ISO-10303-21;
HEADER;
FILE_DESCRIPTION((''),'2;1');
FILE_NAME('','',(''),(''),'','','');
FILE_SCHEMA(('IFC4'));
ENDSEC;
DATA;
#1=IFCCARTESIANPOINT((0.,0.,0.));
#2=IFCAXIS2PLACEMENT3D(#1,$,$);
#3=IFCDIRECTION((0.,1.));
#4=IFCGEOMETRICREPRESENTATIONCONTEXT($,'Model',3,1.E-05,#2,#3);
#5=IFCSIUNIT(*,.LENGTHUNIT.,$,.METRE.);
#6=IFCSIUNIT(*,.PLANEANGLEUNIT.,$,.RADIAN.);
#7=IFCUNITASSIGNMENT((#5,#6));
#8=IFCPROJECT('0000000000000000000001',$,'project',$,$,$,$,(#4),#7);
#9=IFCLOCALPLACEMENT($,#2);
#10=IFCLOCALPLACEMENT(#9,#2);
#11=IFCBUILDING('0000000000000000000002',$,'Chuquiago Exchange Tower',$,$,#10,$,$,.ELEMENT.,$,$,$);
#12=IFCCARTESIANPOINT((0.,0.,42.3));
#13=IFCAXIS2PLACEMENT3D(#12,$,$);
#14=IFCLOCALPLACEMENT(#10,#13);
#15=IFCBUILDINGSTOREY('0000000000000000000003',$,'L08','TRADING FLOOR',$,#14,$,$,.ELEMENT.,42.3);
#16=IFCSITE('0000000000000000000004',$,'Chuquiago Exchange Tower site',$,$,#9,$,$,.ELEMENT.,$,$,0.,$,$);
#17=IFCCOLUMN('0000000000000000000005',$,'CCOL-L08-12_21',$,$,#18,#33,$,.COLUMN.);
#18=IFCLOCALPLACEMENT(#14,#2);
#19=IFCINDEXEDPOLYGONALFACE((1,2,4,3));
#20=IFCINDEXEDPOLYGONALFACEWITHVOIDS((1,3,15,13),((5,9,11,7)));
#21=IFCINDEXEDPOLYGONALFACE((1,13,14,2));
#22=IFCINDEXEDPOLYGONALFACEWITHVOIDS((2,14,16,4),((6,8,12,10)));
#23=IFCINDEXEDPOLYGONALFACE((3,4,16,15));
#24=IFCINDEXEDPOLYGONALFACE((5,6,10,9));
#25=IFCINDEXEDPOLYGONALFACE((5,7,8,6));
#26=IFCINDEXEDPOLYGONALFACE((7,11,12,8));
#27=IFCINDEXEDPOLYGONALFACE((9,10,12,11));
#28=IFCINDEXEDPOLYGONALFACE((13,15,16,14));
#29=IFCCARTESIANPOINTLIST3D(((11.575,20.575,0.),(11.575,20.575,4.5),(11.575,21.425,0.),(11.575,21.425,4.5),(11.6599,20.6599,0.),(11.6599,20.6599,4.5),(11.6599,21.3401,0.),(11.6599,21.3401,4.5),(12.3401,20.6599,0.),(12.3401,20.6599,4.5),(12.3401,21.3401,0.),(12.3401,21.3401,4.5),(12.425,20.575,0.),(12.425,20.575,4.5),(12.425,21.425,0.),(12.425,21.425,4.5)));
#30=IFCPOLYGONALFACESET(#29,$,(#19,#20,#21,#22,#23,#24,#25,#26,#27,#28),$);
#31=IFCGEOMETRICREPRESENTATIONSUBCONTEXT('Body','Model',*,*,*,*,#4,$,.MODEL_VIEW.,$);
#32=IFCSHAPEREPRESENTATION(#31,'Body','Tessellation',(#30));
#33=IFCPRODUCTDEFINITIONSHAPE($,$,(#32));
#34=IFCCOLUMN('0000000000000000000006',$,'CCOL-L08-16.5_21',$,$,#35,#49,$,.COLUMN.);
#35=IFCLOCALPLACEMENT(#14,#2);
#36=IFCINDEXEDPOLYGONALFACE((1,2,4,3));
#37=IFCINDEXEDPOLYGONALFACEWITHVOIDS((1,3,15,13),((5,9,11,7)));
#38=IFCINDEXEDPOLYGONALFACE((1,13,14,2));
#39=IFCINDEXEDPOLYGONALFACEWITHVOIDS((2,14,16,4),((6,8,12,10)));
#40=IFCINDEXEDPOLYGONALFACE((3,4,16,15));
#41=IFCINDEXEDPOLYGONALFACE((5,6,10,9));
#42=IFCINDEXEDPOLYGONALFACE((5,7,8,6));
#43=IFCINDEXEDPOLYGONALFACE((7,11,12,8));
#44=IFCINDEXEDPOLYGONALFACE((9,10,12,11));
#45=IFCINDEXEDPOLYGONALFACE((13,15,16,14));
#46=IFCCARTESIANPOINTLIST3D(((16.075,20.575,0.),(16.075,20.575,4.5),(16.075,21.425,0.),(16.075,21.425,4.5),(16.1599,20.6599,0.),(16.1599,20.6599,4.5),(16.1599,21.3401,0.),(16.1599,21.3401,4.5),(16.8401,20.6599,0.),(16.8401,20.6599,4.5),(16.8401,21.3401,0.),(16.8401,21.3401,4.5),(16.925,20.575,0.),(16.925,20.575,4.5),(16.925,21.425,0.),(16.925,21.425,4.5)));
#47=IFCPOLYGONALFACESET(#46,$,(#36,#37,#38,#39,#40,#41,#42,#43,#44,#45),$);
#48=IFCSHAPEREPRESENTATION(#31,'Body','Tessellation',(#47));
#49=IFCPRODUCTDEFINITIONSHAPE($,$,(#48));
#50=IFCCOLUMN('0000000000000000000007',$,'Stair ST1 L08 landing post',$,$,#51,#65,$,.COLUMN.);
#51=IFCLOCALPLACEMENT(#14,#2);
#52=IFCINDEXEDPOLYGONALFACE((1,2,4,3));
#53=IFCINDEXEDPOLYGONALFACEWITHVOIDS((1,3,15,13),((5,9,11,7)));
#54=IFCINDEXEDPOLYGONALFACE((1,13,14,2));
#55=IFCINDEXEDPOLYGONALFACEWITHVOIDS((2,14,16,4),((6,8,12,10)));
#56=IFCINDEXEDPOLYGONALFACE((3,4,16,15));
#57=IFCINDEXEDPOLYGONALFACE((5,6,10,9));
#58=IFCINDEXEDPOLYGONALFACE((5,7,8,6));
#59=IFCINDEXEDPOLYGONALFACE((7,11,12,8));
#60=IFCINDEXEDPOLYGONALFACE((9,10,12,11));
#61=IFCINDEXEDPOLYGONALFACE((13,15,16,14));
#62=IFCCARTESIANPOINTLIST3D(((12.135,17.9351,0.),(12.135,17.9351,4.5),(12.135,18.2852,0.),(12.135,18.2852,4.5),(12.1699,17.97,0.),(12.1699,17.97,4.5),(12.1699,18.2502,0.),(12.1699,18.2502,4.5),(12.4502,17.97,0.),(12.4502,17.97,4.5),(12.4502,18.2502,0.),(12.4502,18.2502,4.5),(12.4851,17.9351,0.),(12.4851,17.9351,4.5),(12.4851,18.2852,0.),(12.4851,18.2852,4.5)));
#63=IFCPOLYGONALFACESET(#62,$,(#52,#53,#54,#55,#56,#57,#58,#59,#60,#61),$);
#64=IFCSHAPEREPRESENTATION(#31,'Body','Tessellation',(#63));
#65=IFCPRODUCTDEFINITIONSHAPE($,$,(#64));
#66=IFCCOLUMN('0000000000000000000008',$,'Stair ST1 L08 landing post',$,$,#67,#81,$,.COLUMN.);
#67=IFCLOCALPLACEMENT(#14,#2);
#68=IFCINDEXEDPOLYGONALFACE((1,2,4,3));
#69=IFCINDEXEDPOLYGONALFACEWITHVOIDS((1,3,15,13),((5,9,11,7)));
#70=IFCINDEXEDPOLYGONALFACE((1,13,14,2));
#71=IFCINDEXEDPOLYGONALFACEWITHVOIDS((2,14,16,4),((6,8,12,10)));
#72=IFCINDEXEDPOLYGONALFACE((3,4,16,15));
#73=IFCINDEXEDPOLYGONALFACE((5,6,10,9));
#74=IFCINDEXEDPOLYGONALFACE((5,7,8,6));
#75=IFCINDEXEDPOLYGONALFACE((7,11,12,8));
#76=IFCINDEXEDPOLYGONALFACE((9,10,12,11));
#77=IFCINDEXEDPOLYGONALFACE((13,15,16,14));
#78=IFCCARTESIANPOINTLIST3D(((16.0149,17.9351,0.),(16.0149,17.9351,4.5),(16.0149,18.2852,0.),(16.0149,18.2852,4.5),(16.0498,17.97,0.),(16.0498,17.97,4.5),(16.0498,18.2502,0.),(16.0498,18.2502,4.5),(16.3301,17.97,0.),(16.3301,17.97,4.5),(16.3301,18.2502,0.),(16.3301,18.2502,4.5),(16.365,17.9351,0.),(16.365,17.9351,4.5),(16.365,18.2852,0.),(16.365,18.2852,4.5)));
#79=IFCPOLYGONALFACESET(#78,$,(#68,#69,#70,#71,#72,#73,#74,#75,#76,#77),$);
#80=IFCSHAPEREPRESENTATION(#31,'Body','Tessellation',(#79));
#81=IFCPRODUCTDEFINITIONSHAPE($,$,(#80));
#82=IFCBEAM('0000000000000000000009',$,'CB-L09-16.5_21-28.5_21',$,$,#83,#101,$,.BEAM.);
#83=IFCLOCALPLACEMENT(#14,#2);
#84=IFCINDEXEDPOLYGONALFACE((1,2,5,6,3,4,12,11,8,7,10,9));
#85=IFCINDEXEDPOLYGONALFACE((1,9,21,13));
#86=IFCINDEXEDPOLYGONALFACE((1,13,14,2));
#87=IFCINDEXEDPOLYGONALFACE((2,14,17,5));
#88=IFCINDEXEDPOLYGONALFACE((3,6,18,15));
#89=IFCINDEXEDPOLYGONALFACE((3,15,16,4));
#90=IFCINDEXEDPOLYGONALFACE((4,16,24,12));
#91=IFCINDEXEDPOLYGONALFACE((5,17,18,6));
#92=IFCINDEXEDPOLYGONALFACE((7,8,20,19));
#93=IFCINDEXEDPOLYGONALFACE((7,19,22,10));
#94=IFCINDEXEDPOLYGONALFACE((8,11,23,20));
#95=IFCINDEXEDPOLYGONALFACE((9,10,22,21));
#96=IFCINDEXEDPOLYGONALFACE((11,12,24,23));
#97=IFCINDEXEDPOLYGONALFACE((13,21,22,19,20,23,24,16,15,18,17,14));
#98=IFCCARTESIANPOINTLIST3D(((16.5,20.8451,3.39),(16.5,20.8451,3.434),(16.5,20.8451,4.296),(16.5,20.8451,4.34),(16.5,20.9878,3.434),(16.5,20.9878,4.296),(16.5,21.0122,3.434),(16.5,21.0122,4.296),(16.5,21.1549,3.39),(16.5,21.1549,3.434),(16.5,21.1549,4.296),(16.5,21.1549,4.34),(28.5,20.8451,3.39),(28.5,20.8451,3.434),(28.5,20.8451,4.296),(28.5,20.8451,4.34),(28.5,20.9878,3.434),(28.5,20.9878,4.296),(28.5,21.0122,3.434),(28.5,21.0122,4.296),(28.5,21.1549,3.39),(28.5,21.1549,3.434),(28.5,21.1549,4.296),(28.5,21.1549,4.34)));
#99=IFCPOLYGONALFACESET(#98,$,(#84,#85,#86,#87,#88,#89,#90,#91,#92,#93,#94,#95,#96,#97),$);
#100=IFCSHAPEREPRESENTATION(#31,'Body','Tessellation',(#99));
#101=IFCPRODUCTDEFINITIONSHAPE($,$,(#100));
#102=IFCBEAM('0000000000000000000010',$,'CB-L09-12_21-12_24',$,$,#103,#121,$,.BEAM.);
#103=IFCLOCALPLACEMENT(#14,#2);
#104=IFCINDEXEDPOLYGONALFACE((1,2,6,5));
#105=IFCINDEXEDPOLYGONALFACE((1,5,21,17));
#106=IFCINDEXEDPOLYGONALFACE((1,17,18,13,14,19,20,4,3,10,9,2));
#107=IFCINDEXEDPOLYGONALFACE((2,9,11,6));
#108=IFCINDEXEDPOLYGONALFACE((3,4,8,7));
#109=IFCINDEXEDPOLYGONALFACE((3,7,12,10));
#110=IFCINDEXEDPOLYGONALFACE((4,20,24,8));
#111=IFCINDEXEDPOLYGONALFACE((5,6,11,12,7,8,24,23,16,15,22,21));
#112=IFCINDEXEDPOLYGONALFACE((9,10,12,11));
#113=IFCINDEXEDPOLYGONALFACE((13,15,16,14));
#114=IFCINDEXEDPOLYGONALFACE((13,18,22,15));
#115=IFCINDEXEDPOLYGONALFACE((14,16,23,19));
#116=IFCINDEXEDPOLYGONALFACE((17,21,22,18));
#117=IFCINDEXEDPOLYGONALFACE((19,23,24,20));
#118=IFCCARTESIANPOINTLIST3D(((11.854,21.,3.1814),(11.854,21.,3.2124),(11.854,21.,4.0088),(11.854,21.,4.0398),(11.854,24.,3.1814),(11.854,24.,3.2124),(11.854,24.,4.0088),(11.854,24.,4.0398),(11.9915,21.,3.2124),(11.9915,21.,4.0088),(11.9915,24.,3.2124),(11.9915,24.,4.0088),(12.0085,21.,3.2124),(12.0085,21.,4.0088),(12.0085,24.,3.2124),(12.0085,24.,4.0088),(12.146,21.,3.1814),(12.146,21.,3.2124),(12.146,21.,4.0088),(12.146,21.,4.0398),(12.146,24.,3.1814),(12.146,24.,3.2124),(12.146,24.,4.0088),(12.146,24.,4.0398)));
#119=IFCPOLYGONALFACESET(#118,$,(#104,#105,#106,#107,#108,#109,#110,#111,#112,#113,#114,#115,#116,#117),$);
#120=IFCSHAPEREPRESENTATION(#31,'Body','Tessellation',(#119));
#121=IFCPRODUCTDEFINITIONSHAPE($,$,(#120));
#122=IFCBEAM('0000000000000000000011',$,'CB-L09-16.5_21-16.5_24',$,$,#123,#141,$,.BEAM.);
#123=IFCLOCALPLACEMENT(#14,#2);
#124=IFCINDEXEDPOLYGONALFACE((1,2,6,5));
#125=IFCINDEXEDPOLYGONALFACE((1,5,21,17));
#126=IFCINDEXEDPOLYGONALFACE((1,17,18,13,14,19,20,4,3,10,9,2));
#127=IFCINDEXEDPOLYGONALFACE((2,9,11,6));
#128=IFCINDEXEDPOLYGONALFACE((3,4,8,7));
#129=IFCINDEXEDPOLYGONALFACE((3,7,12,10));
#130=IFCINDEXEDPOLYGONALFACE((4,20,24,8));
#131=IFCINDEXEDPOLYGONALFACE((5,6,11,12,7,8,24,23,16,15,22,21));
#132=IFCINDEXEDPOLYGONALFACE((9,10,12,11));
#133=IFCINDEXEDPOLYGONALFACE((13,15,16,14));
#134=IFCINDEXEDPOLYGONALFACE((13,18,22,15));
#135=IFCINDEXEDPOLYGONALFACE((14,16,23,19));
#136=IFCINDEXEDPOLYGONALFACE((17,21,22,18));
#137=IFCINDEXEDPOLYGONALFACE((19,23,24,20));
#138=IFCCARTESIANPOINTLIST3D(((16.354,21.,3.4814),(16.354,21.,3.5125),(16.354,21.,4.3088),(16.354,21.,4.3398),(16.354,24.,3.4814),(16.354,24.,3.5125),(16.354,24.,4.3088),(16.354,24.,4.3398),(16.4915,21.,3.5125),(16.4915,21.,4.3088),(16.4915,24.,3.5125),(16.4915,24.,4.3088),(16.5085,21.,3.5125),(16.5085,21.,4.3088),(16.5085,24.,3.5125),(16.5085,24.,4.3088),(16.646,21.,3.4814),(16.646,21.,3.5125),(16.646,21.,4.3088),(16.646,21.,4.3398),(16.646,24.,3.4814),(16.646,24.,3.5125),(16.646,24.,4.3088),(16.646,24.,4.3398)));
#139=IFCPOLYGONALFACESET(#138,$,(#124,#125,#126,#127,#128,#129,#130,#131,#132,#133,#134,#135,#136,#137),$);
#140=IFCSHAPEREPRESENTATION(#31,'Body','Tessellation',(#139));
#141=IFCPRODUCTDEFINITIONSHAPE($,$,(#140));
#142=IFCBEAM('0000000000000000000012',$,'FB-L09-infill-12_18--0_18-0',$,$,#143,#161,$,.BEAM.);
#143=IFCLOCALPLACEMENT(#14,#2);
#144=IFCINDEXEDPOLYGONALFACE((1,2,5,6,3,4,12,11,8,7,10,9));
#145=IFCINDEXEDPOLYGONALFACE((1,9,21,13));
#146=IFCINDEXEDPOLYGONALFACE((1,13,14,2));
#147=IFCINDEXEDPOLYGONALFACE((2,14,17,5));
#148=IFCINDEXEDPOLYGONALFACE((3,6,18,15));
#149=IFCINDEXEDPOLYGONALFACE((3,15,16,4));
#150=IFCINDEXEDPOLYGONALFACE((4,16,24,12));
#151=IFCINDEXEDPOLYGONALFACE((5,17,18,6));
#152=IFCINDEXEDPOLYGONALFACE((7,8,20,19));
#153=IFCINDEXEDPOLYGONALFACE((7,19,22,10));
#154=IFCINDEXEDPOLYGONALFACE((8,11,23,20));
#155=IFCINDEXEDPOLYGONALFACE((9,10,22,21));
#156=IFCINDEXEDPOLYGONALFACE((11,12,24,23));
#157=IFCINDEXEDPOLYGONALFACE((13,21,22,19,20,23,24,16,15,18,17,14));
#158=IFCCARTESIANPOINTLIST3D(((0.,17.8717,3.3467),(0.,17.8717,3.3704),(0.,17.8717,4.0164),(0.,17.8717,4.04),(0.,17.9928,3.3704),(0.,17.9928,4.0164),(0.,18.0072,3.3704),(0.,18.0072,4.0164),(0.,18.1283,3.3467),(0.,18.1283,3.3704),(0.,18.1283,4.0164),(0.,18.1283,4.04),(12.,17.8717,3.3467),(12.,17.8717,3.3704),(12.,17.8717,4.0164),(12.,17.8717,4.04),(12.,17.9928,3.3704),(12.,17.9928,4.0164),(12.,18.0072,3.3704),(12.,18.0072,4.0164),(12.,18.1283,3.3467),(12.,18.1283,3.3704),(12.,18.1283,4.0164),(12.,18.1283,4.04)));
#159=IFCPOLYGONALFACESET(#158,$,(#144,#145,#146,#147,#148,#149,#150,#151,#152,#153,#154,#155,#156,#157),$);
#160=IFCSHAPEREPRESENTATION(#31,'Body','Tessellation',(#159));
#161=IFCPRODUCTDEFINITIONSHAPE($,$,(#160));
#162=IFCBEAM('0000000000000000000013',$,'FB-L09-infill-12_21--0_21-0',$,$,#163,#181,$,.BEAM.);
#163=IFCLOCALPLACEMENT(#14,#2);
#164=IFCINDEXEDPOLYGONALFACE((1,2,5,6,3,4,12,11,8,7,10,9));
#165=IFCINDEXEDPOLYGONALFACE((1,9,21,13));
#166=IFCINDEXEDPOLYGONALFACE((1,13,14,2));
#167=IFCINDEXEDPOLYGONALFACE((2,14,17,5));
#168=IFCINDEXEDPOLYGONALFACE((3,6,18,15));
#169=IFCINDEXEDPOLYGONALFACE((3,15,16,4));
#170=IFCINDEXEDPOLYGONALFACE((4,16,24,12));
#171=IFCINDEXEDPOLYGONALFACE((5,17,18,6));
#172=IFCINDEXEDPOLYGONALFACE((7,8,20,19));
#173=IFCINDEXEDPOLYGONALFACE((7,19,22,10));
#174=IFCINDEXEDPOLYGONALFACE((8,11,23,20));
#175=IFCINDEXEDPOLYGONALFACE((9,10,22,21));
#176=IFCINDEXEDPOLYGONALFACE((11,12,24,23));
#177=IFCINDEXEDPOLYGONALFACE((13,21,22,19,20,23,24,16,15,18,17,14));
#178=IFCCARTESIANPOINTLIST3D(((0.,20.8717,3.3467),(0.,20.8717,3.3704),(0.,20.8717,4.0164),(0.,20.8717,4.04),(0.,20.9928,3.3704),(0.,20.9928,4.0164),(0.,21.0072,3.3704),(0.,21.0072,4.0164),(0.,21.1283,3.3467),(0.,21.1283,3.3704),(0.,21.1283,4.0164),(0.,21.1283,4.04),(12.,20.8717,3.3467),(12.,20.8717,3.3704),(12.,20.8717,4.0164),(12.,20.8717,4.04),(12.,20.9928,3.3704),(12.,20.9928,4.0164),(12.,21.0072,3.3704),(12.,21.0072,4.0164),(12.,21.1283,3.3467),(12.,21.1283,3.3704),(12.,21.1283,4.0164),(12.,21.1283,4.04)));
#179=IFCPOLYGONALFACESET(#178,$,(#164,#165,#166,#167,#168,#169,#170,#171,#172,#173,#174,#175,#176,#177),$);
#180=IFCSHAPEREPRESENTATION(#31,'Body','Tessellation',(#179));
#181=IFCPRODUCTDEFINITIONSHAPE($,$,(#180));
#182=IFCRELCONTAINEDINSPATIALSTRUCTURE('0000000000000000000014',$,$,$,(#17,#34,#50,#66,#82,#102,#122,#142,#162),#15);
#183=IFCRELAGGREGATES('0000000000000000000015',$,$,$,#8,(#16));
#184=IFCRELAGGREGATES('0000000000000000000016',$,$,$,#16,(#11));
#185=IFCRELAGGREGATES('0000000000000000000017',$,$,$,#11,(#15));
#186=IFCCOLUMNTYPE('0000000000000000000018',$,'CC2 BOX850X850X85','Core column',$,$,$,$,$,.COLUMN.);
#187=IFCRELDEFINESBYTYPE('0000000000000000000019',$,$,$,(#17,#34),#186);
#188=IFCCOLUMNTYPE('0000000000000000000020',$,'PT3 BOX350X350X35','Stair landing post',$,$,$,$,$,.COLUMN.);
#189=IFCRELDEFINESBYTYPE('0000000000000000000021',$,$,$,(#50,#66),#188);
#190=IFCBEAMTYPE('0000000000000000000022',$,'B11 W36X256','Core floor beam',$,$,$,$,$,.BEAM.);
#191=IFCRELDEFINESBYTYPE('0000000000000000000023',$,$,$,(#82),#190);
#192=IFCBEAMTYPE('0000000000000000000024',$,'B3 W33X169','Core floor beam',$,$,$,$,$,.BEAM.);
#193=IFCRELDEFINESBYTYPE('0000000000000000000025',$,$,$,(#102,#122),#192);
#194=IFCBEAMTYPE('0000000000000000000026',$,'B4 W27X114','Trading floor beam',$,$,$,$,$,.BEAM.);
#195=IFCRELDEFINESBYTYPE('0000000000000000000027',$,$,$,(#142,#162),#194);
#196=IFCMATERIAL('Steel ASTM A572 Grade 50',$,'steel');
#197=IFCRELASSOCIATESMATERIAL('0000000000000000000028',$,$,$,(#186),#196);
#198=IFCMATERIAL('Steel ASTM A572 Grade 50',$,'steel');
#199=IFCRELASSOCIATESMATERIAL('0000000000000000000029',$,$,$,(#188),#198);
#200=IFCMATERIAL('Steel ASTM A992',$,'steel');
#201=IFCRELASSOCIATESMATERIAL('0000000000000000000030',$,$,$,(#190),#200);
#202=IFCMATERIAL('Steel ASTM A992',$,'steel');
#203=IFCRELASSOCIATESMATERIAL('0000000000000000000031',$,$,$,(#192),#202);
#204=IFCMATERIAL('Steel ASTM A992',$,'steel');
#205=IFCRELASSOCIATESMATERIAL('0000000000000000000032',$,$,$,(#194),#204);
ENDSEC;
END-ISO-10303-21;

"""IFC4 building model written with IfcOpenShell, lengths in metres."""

from ifc_helpers import new_model, si_unit, direction, frame, origin, origin_2d, place, context, subcontext, project, spatial, hollow_rectangle, i_section, extrude, material, material_profile, profile_set, type_object, element, save


model = new_model("IFC4")

# Units and contexts
model_context = context("Model", 3, precision=1e-05, world=origin(), true_north=direction((0.0, 1.0)))
body_context = subcontext(model_context, "Body", "Model", "MODEL_VIEW")
ifc_project = project(units=[si_unit("LENGTHUNIT", "METRE"), si_unit("PLANEANGLEUNIT", "RADIAN")], contexts=[model_context])

# Site, building, storey
site_placement = place(None, origin())
site = spatial("IfcSite", under=ifc_project, at=site_placement, Name="Chuquiago Exchange Tower site", CompositionType="ELEMENT", RefElevation=0.0)
building_placement = place(site_placement, origin())
building = spatial("IfcBuilding", under=site, at=building_placement, Name="Chuquiago Exchange Tower", CompositionType="ELEMENT")
storey_placement = place(building_placement, frame((0.0, 0.0, 42.3)))
storey = spatial("IfcBuildingStorey", under=building, at=storey_placement, Name="L08", Description="TRADING FLOOR", CompositionType="ELEMENT", Elevation=42.3)

# Columns
ifc_material_1 = material(Name="Steel ASTM A572 Grade 50", Category="steel")
ifc_material_profile_1 = material_profile(ifc_material_1, hollow_rectangle(XDim=0.8501, YDim=0.8501, WallThickness=0.085, at=origin_2d()), Name="BOX850X850X85")
ifc_profile_set_1 = profile_set([ifc_material_profile_1], Name="Steel ASTM A572 Grade 50")
column_type_1 = type_object("IfcColumnType", Name="CC2 BOX850X850X85", Description="Core column", PredefinedType="COLUMN", material=ifc_profile_set_1)
for number, where, z_axis, x_axis, name in (
    (1, (12.0, 21.0, 0.0), (0.0, 0.0, 1.0), (1.0, 0.0, 0.0), "CCOL-L08-12_21"),
    (2, (16.5, 21.0, 0.0), (0.0, 0.0, 1.0), (1.0, 0.0, 0.0), "CCOL-L08-16.5_21"),
):
    element("IfcColumn", number, at=place(storey_placement, frame(where, z_axis=z_axis, x_axis=x_axis)), inside=storey, type_object=column_type_1, Name=name, PredefinedType="COLUMN", context=body_context, shape_type="SweptSolid", body=[
        extrude(hollow_rectangle(XDim=0.8501, YDim=0.8501, WallThickness=0.085, at=origin_2d()), origin(), (0.0, 0.0, 1.0), 4.5),
    ])
ifc_material_2 = material(Name="Steel ASTM A572 Grade 50", Category="steel")
ifc_material_profile_2 = material_profile(ifc_material_2, hollow_rectangle(XDim=0.3501, YDim=0.3501, WallThickness=0.0349, at=origin_2d()), Name="BOX350X350X35")
ifc_profile_set_2 = profile_set([ifc_material_profile_2], Name="Steel ASTM A572 Grade 50")
column_type_2 = type_object("IfcColumnType", Name="PT3 BOX350X350X35", Description="Stair landing post", PredefinedType="COLUMN", material=ifc_profile_set_2)
for number, where, z_axis, x_axis, name in (
    (3, (12.3101, 18.1101, 0.0), (0.0, 0.0, 1.0), (1.0, 0.0, 0.0), "Stair ST1 L08 landing post"),
    (4, (16.1899, 18.1101, 0.0), (0.0, 0.0, 1.0), (1.0, 0.0, 0.0), "Stair ST1 L08 landing post"),
):
    element("IfcColumn", number, at=place(storey_placement, frame(where, z_axis=z_axis, x_axis=x_axis)), inside=storey, type_object=column_type_2, Name=name, PredefinedType="COLUMN", context=body_context, shape_type="SweptSolid", body=[
        extrude(hollow_rectangle(XDim=0.3501, YDim=0.3501, WallThickness=0.0349, at=origin_2d()), origin(), (0.0, 0.0, 1.0), 4.5),
    ])

# Beams
ifc_material_3 = material(Name="Steel ASTM A992", Category="steel")
ifc_material_profile_3 = material_profile(ifc_material_3, i_section(OverallWidth=0.3098, OverallDepth=0.95, WebThickness=0.0244, FlangeThickness=0.0439, at=origin_2d()), Name="W36X256")
ifc_profile_set_3 = profile_set([ifc_material_profile_3], Name="Steel ASTM A992")
beam_type_1 = type_object("IfcBeamType", Name="B11 W36X256", Description="Core floor beam", PredefinedType="BEAM", material=ifc_profile_set_3)
beam_1_placement = place(storey_placement, frame((16.5, 21.0, 3.865), z_axis=(1.0, 0.0, 0.0), x_axis=(0.0, 1.0, 0.0)))
element("IfcBeam", 5, at=beam_1_placement, inside=storey, type_object=beam_type_1, Name="CB-L09-16.5_21-28.5_21", PredefinedType="BEAM", context=body_context, shape_type="SweptSolid", body=[
    extrude(i_section(OverallWidth=0.3098, OverallDepth=0.95, WebThickness=0.0244, FlangeThickness=0.0439, at=origin_2d()), origin(), (0.0, 0.0, 1.0), 12.0),
])
ifc_material_4 = material(Name="Steel ASTM A992", Category="steel")
ifc_material_profile_4 = material_profile(ifc_material_4, i_section(OverallWidth=0.292, OverallDepth=0.8584, WebThickness=0.0171, FlangeThickness=0.031, at=origin_2d()), Name="W33X169")
ifc_profile_set_4 = profile_set([ifc_material_profile_4], Name="Steel ASTM A992")
beam_type_2 = type_object("IfcBeamType", Name="B3 W33X169", Description="Core floor beam", PredefinedType="BEAM", material=ifc_profile_set_4)
for number, where, z_axis, x_axis, name in (
    (6, (12.0, 21.0, 3.6106), (0.0, 1.0, 0.0), (-1.0, 0.0, 0.0), "CB-L09-12_21-12_24"),
    (7, (16.5, 21.0, 3.9106), (0.0, 1.0, 0.0), (-1.0, 0.0, 0.0), "CB-L09-16.5_21-16.5_24"),
):
    element("IfcBeam", number, at=place(storey_placement, frame(where, z_axis=z_axis, x_axis=x_axis)), inside=storey, type_object=beam_type_2, Name=name, PredefinedType="BEAM", context=body_context, shape_type="SweptSolid", body=[
        extrude(i_section(OverallWidth=0.292, OverallDepth=0.8584, WebThickness=0.0171, FlangeThickness=0.031, at=origin_2d()), origin(), (0.0, 0.0, 1.0), 3.0),
    ])
ifc_material_5 = material(Name="Steel ASTM A992", Category="steel")
ifc_material_profile_5 = material_profile(ifc_material_5, i_section(OverallWidth=0.2566, OverallDepth=0.6934, WebThickness=0.0144, FlangeThickness=0.0237, at=origin_2d()), Name="W27X114")
ifc_profile_set_5 = profile_set([ifc_material_profile_5], Name="Steel ASTM A992")
beam_type_3 = type_object("IfcBeamType", Name="B4 W27X114", Description="Trading floor beam", PredefinedType="BEAM", material=ifc_profile_set_5)
for number, where, z_axis, x_axis, name in (
    (8, (12.0, 18.0, 3.6934), (-1.0, 0.0, 0.0), (0.0, -1.0, 0.0), "FB-L09-infill-12_18--0_18-0"),
    (9, (12.0, 21.0, 3.6934), (-1.0, 0.0, 0.0), (0.0, -1.0, 0.0), "FB-L09-infill-12_21--0_21-0"),
):
    element("IfcBeam", number, at=place(storey_placement, frame(where, z_axis=z_axis, x_axis=x_axis)), inside=storey, type_object=beam_type_3, Name=name, PredefinedType="BEAM", context=body_context, shape_type="SweptSolid", body=[
        extrude(i_section(OverallWidth=0.2566, OverallDepth=0.6934, WebThickness=0.0144, FlangeThickness=0.0237, at=origin_2d()), origin(), (0.0, 0.0, 1.0), 12.0),
    ])

save(model, "model.ifc")
